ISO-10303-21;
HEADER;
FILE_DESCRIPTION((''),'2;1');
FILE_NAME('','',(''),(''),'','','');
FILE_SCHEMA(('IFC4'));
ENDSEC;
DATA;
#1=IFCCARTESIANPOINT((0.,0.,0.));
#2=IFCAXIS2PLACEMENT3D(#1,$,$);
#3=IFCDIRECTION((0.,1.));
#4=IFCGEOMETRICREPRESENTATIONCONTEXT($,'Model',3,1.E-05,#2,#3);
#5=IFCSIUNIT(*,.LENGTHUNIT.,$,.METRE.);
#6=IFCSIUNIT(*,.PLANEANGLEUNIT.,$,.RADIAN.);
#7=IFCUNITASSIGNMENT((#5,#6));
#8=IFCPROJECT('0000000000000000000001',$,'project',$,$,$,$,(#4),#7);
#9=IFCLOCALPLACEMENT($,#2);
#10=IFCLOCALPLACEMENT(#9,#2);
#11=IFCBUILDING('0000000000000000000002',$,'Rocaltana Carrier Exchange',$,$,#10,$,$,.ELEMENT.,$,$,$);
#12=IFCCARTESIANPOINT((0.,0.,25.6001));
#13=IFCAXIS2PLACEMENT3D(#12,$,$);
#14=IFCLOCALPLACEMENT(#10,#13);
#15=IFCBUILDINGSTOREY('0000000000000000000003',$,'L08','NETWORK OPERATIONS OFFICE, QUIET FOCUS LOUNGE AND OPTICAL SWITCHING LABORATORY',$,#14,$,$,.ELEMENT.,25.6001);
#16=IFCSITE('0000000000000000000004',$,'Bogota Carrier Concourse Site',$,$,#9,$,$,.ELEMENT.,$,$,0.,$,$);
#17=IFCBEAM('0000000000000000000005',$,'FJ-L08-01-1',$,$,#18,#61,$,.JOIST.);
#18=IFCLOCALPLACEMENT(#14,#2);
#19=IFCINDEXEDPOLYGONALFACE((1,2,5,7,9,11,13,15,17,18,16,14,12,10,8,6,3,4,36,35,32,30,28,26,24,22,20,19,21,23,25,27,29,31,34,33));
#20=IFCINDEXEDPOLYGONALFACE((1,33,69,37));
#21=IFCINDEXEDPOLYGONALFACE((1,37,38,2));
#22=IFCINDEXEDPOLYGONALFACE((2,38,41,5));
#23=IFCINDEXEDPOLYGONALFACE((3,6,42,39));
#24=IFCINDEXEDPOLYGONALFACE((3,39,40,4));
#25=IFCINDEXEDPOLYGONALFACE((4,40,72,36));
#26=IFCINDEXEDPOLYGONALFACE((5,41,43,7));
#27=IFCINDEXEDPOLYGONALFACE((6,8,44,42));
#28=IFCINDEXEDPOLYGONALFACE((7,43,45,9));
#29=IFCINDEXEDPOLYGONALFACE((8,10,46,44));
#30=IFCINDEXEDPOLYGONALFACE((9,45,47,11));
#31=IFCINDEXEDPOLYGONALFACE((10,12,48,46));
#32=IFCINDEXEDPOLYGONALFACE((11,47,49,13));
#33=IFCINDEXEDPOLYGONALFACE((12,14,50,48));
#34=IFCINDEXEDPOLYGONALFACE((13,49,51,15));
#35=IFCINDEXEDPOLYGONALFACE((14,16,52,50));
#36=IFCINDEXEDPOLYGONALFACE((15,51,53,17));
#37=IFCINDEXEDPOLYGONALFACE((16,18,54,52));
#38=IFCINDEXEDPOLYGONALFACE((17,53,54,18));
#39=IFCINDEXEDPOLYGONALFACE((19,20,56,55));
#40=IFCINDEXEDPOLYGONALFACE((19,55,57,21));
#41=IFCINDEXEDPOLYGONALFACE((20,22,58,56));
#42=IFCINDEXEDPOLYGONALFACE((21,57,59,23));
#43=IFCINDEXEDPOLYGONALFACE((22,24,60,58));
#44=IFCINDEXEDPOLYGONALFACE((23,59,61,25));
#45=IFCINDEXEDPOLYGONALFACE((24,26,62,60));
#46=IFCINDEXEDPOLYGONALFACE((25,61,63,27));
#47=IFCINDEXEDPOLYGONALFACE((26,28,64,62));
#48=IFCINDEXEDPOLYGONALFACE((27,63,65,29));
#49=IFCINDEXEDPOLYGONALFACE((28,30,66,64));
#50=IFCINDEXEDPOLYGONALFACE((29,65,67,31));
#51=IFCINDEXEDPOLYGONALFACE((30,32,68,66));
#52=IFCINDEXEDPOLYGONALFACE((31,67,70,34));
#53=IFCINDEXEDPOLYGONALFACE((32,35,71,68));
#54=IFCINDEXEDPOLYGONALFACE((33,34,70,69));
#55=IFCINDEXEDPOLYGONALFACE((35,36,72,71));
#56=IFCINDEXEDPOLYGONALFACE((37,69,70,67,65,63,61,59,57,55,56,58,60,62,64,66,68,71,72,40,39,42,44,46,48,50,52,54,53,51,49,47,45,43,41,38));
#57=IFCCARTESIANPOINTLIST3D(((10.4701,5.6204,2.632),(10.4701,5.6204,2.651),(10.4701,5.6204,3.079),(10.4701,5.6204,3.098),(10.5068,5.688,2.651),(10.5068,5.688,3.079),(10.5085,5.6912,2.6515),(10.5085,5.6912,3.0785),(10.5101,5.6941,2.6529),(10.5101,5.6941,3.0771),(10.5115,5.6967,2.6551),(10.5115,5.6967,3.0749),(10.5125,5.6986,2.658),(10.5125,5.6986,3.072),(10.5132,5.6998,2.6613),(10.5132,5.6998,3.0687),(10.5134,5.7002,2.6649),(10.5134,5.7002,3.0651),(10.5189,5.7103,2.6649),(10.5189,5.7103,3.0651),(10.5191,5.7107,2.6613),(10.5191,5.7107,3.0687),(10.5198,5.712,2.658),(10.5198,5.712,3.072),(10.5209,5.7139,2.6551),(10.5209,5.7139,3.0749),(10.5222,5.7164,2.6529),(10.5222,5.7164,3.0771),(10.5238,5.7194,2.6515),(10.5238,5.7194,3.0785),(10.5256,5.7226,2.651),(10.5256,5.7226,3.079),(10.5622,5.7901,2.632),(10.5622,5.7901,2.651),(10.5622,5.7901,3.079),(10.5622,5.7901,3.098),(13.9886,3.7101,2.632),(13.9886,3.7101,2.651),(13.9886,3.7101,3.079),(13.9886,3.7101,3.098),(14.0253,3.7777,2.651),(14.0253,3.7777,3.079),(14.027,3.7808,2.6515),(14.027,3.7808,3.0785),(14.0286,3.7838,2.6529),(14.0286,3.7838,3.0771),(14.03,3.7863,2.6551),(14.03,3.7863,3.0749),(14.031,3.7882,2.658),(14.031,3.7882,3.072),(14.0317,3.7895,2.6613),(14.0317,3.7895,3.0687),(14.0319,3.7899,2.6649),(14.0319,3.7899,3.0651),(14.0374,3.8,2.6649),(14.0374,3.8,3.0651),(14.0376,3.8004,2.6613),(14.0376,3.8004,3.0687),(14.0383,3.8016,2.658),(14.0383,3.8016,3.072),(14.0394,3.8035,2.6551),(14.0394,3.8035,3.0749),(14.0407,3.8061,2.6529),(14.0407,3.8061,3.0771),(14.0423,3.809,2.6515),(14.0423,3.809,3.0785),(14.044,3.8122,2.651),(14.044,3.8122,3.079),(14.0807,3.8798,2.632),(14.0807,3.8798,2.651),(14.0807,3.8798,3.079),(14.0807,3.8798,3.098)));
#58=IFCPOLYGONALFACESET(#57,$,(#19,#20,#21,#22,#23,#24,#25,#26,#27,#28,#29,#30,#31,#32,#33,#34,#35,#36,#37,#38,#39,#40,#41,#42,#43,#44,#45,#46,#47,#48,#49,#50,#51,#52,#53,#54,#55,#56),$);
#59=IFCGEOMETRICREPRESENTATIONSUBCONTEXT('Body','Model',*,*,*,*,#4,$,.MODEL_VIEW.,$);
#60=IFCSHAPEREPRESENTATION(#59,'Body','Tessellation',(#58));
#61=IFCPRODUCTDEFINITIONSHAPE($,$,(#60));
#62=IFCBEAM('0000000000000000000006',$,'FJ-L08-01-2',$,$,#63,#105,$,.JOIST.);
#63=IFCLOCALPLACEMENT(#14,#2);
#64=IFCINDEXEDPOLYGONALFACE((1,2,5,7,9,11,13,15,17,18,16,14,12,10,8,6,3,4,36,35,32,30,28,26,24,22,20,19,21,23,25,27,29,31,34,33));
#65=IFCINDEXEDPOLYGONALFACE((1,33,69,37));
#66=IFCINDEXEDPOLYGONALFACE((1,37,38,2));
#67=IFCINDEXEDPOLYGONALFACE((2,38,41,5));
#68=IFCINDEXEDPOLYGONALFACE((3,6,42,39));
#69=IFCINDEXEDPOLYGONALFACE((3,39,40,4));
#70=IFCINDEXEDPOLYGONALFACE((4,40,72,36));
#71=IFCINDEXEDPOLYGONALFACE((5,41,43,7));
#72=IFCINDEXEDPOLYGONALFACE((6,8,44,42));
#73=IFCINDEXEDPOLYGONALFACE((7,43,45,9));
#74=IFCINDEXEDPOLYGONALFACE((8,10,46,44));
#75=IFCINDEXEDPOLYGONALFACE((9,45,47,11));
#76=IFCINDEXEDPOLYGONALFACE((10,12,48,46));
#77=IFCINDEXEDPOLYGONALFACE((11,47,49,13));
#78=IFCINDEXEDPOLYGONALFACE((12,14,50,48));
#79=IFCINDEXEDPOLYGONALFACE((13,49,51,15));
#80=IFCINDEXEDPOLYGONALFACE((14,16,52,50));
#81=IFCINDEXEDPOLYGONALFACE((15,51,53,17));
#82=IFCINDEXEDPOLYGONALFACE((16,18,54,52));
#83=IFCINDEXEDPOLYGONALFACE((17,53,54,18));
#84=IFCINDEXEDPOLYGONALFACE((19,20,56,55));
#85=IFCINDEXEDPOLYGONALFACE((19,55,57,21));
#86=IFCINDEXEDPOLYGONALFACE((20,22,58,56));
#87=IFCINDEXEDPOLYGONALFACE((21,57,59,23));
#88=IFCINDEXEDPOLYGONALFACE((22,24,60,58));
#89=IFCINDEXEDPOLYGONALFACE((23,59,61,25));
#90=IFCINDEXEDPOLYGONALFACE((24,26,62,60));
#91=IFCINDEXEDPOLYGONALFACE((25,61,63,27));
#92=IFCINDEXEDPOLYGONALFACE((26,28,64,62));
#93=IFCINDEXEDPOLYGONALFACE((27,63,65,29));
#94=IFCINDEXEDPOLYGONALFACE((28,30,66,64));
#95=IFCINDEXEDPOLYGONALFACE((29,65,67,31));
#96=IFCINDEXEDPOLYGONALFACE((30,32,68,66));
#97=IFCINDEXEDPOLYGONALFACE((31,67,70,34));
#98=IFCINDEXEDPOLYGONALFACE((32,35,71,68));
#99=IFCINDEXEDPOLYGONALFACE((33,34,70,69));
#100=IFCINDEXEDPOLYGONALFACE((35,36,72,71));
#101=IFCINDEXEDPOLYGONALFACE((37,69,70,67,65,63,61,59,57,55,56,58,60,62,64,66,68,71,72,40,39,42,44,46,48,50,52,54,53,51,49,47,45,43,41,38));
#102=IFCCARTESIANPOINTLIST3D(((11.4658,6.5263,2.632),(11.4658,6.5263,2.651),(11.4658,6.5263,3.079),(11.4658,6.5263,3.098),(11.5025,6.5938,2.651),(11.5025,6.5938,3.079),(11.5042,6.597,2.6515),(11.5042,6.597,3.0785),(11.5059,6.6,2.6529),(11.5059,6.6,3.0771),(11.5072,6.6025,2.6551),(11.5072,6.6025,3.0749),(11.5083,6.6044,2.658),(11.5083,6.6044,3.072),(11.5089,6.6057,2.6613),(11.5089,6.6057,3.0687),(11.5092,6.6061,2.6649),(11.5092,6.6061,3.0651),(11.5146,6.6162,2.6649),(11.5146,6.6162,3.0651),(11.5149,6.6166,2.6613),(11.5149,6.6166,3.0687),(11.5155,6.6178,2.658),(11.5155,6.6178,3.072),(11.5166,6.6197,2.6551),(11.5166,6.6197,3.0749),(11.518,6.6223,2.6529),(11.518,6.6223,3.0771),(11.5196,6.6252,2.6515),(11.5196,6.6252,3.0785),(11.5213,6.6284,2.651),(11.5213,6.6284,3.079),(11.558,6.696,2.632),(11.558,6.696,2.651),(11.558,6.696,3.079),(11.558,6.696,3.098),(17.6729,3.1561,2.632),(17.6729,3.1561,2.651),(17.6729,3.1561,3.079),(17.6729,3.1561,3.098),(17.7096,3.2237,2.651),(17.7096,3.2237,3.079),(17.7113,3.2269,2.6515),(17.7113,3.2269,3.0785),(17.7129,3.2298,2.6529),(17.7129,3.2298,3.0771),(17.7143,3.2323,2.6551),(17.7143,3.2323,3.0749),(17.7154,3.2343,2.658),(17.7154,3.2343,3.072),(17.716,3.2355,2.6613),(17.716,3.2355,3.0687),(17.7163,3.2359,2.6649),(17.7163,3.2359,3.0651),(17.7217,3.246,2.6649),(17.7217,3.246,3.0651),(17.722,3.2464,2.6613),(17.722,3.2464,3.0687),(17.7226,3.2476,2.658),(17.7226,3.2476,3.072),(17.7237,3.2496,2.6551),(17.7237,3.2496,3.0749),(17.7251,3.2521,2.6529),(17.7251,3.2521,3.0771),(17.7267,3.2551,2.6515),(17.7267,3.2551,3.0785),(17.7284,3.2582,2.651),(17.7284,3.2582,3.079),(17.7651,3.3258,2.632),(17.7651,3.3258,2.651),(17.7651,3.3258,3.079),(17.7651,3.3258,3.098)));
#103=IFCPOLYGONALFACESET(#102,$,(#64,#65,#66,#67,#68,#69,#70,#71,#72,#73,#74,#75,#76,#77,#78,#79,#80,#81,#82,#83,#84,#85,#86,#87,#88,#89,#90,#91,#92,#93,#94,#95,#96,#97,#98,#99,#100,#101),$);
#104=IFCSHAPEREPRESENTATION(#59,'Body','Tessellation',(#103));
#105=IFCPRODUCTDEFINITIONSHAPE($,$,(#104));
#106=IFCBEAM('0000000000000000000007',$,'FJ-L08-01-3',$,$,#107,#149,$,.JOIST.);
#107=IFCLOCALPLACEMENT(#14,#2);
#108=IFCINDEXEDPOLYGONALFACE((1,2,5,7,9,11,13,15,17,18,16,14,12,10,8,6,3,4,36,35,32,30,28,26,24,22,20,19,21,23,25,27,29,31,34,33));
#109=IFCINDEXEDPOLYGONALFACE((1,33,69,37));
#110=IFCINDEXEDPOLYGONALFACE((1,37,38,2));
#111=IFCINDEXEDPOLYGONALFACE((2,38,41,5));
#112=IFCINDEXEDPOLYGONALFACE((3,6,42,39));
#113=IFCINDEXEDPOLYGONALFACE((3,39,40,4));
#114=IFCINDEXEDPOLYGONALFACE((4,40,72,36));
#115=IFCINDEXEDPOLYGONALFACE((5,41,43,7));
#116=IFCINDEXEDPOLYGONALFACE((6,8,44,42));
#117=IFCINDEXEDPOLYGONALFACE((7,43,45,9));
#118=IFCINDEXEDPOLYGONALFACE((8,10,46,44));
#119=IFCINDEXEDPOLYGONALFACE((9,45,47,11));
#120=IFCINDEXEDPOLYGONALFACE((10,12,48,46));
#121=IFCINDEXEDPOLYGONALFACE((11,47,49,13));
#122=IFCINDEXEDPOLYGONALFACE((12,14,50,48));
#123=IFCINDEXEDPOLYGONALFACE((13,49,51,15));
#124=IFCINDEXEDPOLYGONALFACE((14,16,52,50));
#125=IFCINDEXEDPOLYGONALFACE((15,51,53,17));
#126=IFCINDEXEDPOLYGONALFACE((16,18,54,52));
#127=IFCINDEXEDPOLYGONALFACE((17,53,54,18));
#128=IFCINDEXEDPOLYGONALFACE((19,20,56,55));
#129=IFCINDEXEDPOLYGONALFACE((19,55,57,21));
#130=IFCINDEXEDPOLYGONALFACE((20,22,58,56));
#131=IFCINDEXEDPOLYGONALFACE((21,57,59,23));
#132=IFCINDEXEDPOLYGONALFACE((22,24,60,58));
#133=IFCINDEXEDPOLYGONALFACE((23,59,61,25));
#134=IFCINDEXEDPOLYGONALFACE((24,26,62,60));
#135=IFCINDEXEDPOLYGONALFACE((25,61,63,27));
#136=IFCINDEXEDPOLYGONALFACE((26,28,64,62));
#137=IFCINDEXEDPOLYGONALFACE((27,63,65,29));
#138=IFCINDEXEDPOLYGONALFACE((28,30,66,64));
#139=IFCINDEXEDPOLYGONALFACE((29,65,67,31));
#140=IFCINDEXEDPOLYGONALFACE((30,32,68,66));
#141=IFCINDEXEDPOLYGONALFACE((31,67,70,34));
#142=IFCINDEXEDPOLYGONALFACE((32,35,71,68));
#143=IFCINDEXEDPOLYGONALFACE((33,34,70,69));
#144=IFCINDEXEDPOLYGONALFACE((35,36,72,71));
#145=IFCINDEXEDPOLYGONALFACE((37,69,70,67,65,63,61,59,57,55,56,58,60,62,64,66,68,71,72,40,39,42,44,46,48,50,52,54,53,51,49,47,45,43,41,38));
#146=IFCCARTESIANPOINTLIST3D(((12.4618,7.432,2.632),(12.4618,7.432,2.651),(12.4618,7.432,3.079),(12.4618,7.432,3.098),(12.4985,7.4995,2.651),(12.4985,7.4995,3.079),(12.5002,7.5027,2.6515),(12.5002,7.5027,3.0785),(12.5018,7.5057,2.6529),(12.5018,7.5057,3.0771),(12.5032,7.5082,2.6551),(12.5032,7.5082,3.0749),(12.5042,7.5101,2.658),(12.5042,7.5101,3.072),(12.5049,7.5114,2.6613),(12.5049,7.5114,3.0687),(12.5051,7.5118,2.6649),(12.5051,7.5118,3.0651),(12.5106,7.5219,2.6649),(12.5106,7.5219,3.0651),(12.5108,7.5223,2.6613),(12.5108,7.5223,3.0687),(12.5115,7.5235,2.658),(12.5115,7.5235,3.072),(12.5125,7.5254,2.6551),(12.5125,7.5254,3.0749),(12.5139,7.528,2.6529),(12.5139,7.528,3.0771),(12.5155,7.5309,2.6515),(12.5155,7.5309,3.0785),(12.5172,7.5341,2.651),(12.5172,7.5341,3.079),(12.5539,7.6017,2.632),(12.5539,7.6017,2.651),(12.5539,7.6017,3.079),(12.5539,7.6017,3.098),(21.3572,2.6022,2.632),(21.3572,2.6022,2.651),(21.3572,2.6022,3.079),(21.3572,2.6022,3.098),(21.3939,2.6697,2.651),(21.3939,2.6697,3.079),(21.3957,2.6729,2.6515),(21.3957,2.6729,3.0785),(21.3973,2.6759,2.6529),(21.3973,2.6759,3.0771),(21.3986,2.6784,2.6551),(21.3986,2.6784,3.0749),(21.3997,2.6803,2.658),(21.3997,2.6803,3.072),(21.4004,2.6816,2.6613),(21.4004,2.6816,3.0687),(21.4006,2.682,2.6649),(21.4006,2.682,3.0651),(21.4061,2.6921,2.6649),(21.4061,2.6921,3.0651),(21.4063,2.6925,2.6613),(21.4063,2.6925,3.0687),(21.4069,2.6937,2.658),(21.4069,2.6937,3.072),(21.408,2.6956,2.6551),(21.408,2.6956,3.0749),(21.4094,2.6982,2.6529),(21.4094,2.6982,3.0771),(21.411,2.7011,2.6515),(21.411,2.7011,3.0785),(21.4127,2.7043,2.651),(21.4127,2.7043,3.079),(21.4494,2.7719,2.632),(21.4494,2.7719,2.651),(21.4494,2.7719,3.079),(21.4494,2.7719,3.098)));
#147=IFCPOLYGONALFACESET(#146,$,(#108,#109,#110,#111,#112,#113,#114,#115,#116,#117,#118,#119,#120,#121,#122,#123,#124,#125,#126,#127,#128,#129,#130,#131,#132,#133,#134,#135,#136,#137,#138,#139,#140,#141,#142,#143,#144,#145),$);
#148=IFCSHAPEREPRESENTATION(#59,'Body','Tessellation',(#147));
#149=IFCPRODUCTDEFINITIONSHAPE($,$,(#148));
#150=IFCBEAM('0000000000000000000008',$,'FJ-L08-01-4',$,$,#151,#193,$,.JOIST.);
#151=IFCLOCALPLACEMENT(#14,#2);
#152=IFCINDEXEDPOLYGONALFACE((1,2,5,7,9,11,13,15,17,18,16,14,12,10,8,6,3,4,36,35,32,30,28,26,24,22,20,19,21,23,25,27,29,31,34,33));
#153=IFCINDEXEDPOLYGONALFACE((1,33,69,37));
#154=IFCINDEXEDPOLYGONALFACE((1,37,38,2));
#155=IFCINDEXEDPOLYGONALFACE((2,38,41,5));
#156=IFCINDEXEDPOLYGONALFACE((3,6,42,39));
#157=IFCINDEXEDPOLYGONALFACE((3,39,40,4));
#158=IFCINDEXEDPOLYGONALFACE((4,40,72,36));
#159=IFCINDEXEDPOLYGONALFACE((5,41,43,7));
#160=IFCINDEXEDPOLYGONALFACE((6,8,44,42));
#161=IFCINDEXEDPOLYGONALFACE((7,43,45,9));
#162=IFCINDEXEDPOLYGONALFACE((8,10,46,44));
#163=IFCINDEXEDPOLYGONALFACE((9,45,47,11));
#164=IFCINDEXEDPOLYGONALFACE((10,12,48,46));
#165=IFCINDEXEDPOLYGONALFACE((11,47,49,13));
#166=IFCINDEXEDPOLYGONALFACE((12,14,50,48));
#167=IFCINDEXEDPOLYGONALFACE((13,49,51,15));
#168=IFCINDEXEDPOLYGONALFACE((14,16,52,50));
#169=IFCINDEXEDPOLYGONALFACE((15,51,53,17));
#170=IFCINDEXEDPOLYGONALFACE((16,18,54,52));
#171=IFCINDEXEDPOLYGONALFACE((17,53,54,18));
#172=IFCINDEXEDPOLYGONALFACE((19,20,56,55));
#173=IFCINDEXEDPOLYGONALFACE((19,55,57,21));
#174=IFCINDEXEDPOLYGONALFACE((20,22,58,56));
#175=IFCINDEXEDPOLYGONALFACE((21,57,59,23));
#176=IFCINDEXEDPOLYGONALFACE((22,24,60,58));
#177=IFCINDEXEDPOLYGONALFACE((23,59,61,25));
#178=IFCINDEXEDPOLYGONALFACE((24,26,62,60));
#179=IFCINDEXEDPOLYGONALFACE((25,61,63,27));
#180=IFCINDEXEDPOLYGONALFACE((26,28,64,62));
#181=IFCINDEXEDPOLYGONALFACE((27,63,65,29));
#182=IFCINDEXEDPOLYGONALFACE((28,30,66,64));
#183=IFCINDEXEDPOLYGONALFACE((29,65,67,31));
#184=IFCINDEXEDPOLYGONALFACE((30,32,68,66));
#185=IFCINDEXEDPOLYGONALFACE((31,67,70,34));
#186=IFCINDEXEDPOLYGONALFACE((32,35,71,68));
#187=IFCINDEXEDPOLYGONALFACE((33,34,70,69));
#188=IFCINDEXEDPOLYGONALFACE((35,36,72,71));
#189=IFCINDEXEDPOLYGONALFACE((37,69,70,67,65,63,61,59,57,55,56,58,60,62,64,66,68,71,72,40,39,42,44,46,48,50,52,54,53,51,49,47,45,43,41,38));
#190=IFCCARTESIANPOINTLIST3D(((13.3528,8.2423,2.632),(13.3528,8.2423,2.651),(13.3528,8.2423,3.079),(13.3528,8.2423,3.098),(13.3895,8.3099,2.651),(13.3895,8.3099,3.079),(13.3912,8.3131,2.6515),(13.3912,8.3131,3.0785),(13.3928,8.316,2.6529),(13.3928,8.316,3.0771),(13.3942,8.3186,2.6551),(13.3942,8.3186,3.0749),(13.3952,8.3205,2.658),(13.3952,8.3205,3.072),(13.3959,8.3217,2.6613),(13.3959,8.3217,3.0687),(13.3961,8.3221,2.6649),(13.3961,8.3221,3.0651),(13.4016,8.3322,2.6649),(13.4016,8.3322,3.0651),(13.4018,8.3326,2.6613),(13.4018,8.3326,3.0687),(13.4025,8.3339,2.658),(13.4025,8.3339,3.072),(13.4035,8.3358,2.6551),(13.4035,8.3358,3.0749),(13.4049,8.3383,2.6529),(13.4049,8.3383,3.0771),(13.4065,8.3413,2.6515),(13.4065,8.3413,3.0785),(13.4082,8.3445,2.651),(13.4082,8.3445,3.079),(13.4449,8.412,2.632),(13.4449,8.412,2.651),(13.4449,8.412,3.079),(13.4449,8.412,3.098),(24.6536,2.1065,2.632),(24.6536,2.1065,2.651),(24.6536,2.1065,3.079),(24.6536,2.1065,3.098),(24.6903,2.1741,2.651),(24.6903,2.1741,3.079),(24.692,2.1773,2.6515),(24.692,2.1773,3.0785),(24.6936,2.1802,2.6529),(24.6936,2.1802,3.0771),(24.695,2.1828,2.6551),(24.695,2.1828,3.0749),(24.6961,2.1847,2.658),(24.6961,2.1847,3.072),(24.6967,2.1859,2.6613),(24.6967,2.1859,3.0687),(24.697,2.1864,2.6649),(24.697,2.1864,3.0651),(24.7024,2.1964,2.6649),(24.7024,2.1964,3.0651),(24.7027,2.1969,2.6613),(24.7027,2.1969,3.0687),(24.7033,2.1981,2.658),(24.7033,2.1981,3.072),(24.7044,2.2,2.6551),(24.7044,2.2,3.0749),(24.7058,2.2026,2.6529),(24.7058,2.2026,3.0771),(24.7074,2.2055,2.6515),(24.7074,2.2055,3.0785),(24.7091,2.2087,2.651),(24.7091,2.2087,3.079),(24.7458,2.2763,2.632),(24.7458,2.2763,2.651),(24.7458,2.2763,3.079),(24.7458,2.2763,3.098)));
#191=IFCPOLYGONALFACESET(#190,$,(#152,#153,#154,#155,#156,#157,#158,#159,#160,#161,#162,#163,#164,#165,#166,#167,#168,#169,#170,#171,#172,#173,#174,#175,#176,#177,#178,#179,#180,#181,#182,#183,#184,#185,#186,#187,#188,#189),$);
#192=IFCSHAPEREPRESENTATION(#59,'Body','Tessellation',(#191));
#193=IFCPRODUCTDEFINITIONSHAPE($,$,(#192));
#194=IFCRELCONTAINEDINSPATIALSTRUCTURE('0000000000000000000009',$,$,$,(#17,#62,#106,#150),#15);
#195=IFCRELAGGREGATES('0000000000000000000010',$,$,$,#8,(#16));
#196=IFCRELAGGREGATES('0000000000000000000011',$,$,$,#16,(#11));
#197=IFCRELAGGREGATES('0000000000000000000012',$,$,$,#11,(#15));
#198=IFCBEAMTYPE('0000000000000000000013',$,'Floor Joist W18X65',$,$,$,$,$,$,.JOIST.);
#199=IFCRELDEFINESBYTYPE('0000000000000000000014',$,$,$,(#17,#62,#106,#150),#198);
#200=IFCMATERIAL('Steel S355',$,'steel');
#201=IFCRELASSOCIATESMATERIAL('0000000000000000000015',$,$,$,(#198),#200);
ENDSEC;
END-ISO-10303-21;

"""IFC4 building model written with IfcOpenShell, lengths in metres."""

from ifc_helpers import new_model, si_unit, direction, frame, origin, origin_2d, place, context, subcontext, project, spatial, i_section, extrude, material, material_profile, profile_set, type_object, element, save


model = new_model("IFC4")

# Units and contexts
model_context = context("Model", 3, precision=1e-05, world=origin(), true_north=direction((0.0, 1.0)))
body_context = subcontext(model_context, "Body", "Model", "MODEL_VIEW")
ifc_project = project(units=[si_unit("LENGTHUNIT", "METRE"), si_unit("PLANEANGLEUNIT", "RADIAN")], contexts=[model_context])

# Site, building, storey
site_placement = place(None, origin())
site = spatial("IfcSite", under=ifc_project, at=site_placement, Name="Bogota Carrier Concourse Site", CompositionType="ELEMENT", RefElevation=0.0)
building_placement = place(site_placement, origin())
building = spatial("IfcBuilding", under=site, at=building_placement, Name="Rocaltana Carrier Exchange", CompositionType="ELEMENT")
storey_placement = place(building_placement, frame((0.0, 0.0, 25.6001)))
storey = spatial("IfcBuildingStorey", under=building, at=storey_placement, Name="L08", Description="NETWORK OPERATIONS OFFICE, QUIET FOCUS LOUNGE AND OPTICAL SWITCHING LABORATORY", CompositionType="ELEMENT", Elevation=25.6001)

# Beams
ifc_material_1 = material(Name="Steel S355", Category="steel")
ifc_material_profile_1 = material_profile(ifc_material_1, i_section(OverallWidth=0.1931, OverallDepth=0.4661, WebThickness=0.0115, FlangeThickness=0.019, FilletRadius=0.0139, at=origin_2d()), Name="W18X65")
ifc_profile_set_1 = profile_set([ifc_material_profile_1], Name="Steel S355")
beam_type_1 = type_object("IfcBeamType", Name="Floor Joist W18X65", PredefinedType="JOIST", material=ifc_profile_set_1)
beam_1_placement = place(storey_placement, frame((14.0347, 3.7949, 2.865), z_axis=(-0.878819, 0.477155, 0.0), x_axis=(-0.477155, -0.878819, 0.0)))
element("IfcBeam", 1, at=beam_1_placement, inside=storey, type_object=beam_type_1, Name="FJ-L08-01-1", PredefinedType="JOIST", context=body_context, shape_type="SweptSolid", body=[
    extrude(i_section(OverallWidth=0.1931, OverallDepth=0.4661, WebThickness=0.0115, FlangeThickness=0.019, FilletRadius=0.0139, at=origin_2d()), origin(), (0.0, 0.0, 1.0), 4.0037),
])
beam_2_placement = place(storey_placement, frame((17.719, 3.241, 2.865), z_axis=(-0.878819, 0.477156, 0.0), x_axis=(-0.477156, -0.878819, 0.0)))
element("IfcBeam", 2, at=beam_2_placement, inside=storey, type_object=beam_type_1, Name="FJ-L08-01-2", PredefinedType="JOIST", context=body_context, shape_type="SweptSolid", body=[
    extrude(i_section(OverallWidth=0.1931, OverallDepth=0.4661, WebThickness=0.0115, FlangeThickness=0.019, FilletRadius=0.0139, at=origin_2d()), origin(), (0.0, 0.0, 1.0), 7.063),
])
beam_3_placement = place(storey_placement, frame((21.4033, 2.687, 2.865), z_axis=(-0.878818, 0.477156, 0.0), x_axis=(-0.477156, -0.878818, 0.0)))
element("IfcBeam", 3, at=beam_3_placement, inside=storey, type_object=beam_type_1, Name="FJ-L08-01-3", PredefinedType="JOIST", context=body_context, shape_type="SweptSolid", body=[
    extrude(i_section(OverallWidth=0.1931, OverallDepth=0.4661, WebThickness=0.0115, FlangeThickness=0.019, FilletRadius=0.0139, at=origin_2d()), origin(), (0.0, 0.0, 1.0), 10.1221),
])
beam_4_placement = place(storey_placement, frame((24.6997, 2.1914, 2.865), z_axis=(-0.87882, 0.477154, 0.0), x_axis=(-0.477154, -0.87882, 0.0)))
element("IfcBeam", 4, at=beam_4_placement, inside=storey, type_object=beam_type_1, Name="FJ-L08-01-4", PredefinedType="JOIST", context=body_context, shape_type="SweptSolid", body=[
    extrude(i_section(OverallWidth=0.1931, OverallDepth=0.4661, WebThickness=0.0115, FlangeThickness=0.019, FilletRadius=0.0139, at=origin_2d()), origin(), (0.0, 0.0, 1.0), 12.8591),
])

save(model, "model.ifc")
